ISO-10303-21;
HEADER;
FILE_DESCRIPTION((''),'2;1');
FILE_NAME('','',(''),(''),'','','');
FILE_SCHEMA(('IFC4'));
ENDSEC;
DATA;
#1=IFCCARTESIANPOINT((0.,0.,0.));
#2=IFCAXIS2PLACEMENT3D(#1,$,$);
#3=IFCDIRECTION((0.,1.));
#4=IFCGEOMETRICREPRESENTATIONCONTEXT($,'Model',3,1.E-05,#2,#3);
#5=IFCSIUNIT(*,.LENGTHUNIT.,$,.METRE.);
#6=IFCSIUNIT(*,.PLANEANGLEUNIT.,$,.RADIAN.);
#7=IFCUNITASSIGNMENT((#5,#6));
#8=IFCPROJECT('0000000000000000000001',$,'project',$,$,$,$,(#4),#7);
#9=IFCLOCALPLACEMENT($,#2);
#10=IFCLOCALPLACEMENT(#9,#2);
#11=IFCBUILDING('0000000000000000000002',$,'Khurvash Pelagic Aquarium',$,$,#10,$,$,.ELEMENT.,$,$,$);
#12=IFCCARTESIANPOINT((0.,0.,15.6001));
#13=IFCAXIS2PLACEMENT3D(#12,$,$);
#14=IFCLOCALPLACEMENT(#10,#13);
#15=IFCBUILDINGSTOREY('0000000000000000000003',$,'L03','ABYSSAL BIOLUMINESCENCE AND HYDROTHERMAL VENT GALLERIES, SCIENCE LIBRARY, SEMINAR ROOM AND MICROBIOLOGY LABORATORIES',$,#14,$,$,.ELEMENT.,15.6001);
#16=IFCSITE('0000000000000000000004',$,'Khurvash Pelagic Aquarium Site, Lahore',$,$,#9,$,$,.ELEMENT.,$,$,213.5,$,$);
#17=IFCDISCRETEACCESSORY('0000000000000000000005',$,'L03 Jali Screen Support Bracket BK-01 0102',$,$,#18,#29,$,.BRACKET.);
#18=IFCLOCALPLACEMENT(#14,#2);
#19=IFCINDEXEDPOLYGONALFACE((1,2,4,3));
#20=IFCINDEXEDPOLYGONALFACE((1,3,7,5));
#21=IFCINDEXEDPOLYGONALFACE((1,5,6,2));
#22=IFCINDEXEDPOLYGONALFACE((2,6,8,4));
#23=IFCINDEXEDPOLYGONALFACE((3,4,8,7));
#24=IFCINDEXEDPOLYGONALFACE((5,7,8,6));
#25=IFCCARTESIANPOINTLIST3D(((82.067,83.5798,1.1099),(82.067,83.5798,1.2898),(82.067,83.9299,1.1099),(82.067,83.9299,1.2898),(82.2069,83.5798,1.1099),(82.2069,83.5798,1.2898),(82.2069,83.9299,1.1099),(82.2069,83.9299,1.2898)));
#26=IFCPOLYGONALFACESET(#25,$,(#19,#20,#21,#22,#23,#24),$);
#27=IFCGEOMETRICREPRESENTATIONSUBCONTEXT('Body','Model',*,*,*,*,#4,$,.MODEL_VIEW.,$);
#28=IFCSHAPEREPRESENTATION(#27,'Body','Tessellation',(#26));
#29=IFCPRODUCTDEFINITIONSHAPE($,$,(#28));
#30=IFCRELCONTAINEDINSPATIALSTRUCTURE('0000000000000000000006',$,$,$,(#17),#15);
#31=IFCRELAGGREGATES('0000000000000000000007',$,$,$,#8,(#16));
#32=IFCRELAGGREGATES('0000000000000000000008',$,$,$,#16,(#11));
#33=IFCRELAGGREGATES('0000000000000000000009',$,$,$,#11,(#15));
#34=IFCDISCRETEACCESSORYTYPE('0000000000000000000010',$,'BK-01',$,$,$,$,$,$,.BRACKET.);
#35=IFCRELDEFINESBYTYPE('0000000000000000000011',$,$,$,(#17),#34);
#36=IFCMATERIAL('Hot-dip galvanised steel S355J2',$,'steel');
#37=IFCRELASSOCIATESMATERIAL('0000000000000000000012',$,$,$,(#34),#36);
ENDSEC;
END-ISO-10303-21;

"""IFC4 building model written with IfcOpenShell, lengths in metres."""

from ifc_helpers import new_model, si_unit, direction, frame, origin, origin_2d, place, context, subcontext, project, spatial, rectangle, extrude, material, type_object, element, save


model = new_model("IFC4")

# Units and contexts
model_context = context("Model", 3, precision=1e-05, world=origin(), true_north=direction((0.0, 1.0)))
body_context = subcontext(model_context, "Body", "Model", "MODEL_VIEW")
ifc_project = project(units=[si_unit("LENGTHUNIT", "METRE"), si_unit("PLANEANGLEUNIT", "RADIAN")], contexts=[model_context])

# Site, building, storey
site_placement = place(None, origin())
site = spatial("IfcSite", under=ifc_project, at=site_placement, Name="Khurvash Pelagic Aquarium Site, Lahore", CompositionType="ELEMENT", RefElevation=213.5)
building_placement = place(site_placement, origin())
building = spatial("IfcBuilding", under=site, at=building_placement, Name="Khurvash Pelagic Aquarium", CompositionType="ELEMENT")
storey_placement = place(building_placement, frame((0.0, 0.0, 15.6001)))
storey = spatial("IfcBuildingStorey", under=building, at=storey_placement, Name="L03", Description="ABYSSAL BIOLUMINESCENCE AND HYDROTHERMAL VENT GALLERIES, SCIENCE LIBRARY, SEMINAR ROOM AND MICROBIOLOGY LABORATORIES", CompositionType="ELEMENT", Elevation=15.6001)

# Discrete accessory
ifc_material_1 = material(Name="Hot-dip galvanised steel S355J2", Category="steel")
discrete_accessory_type = type_object("IfcDiscreteAccessoryType", Name="BK-01", PredefinedType="BRACKET", material=ifc_material_1)
for number, where, z_axis, x_axis, name in (
    (1, (82.137, 83.7549, 1.1099), (0.0, 0.0, 1.0), (1.0, 0.0, 0.0), "L03 Jali Screen Support Bracket BK-01 0102"),
):
    element("IfcDiscreteAccessory", number, at=place(storey_placement, frame(where, z_axis=z_axis, x_axis=x_axis)), inside=storey, type_object=discrete_accessory_type, Name=name, PredefinedType="BRACKET", context=body_context, shape_type="SweptSolid", body=[
        extrude(rectangle(XDim=0.1399, YDim=0.3501, at=origin_2d()), origin(), (0.0, 0.0, 1.0), 0.1799),
    ])

save(model, "model.ifc")
